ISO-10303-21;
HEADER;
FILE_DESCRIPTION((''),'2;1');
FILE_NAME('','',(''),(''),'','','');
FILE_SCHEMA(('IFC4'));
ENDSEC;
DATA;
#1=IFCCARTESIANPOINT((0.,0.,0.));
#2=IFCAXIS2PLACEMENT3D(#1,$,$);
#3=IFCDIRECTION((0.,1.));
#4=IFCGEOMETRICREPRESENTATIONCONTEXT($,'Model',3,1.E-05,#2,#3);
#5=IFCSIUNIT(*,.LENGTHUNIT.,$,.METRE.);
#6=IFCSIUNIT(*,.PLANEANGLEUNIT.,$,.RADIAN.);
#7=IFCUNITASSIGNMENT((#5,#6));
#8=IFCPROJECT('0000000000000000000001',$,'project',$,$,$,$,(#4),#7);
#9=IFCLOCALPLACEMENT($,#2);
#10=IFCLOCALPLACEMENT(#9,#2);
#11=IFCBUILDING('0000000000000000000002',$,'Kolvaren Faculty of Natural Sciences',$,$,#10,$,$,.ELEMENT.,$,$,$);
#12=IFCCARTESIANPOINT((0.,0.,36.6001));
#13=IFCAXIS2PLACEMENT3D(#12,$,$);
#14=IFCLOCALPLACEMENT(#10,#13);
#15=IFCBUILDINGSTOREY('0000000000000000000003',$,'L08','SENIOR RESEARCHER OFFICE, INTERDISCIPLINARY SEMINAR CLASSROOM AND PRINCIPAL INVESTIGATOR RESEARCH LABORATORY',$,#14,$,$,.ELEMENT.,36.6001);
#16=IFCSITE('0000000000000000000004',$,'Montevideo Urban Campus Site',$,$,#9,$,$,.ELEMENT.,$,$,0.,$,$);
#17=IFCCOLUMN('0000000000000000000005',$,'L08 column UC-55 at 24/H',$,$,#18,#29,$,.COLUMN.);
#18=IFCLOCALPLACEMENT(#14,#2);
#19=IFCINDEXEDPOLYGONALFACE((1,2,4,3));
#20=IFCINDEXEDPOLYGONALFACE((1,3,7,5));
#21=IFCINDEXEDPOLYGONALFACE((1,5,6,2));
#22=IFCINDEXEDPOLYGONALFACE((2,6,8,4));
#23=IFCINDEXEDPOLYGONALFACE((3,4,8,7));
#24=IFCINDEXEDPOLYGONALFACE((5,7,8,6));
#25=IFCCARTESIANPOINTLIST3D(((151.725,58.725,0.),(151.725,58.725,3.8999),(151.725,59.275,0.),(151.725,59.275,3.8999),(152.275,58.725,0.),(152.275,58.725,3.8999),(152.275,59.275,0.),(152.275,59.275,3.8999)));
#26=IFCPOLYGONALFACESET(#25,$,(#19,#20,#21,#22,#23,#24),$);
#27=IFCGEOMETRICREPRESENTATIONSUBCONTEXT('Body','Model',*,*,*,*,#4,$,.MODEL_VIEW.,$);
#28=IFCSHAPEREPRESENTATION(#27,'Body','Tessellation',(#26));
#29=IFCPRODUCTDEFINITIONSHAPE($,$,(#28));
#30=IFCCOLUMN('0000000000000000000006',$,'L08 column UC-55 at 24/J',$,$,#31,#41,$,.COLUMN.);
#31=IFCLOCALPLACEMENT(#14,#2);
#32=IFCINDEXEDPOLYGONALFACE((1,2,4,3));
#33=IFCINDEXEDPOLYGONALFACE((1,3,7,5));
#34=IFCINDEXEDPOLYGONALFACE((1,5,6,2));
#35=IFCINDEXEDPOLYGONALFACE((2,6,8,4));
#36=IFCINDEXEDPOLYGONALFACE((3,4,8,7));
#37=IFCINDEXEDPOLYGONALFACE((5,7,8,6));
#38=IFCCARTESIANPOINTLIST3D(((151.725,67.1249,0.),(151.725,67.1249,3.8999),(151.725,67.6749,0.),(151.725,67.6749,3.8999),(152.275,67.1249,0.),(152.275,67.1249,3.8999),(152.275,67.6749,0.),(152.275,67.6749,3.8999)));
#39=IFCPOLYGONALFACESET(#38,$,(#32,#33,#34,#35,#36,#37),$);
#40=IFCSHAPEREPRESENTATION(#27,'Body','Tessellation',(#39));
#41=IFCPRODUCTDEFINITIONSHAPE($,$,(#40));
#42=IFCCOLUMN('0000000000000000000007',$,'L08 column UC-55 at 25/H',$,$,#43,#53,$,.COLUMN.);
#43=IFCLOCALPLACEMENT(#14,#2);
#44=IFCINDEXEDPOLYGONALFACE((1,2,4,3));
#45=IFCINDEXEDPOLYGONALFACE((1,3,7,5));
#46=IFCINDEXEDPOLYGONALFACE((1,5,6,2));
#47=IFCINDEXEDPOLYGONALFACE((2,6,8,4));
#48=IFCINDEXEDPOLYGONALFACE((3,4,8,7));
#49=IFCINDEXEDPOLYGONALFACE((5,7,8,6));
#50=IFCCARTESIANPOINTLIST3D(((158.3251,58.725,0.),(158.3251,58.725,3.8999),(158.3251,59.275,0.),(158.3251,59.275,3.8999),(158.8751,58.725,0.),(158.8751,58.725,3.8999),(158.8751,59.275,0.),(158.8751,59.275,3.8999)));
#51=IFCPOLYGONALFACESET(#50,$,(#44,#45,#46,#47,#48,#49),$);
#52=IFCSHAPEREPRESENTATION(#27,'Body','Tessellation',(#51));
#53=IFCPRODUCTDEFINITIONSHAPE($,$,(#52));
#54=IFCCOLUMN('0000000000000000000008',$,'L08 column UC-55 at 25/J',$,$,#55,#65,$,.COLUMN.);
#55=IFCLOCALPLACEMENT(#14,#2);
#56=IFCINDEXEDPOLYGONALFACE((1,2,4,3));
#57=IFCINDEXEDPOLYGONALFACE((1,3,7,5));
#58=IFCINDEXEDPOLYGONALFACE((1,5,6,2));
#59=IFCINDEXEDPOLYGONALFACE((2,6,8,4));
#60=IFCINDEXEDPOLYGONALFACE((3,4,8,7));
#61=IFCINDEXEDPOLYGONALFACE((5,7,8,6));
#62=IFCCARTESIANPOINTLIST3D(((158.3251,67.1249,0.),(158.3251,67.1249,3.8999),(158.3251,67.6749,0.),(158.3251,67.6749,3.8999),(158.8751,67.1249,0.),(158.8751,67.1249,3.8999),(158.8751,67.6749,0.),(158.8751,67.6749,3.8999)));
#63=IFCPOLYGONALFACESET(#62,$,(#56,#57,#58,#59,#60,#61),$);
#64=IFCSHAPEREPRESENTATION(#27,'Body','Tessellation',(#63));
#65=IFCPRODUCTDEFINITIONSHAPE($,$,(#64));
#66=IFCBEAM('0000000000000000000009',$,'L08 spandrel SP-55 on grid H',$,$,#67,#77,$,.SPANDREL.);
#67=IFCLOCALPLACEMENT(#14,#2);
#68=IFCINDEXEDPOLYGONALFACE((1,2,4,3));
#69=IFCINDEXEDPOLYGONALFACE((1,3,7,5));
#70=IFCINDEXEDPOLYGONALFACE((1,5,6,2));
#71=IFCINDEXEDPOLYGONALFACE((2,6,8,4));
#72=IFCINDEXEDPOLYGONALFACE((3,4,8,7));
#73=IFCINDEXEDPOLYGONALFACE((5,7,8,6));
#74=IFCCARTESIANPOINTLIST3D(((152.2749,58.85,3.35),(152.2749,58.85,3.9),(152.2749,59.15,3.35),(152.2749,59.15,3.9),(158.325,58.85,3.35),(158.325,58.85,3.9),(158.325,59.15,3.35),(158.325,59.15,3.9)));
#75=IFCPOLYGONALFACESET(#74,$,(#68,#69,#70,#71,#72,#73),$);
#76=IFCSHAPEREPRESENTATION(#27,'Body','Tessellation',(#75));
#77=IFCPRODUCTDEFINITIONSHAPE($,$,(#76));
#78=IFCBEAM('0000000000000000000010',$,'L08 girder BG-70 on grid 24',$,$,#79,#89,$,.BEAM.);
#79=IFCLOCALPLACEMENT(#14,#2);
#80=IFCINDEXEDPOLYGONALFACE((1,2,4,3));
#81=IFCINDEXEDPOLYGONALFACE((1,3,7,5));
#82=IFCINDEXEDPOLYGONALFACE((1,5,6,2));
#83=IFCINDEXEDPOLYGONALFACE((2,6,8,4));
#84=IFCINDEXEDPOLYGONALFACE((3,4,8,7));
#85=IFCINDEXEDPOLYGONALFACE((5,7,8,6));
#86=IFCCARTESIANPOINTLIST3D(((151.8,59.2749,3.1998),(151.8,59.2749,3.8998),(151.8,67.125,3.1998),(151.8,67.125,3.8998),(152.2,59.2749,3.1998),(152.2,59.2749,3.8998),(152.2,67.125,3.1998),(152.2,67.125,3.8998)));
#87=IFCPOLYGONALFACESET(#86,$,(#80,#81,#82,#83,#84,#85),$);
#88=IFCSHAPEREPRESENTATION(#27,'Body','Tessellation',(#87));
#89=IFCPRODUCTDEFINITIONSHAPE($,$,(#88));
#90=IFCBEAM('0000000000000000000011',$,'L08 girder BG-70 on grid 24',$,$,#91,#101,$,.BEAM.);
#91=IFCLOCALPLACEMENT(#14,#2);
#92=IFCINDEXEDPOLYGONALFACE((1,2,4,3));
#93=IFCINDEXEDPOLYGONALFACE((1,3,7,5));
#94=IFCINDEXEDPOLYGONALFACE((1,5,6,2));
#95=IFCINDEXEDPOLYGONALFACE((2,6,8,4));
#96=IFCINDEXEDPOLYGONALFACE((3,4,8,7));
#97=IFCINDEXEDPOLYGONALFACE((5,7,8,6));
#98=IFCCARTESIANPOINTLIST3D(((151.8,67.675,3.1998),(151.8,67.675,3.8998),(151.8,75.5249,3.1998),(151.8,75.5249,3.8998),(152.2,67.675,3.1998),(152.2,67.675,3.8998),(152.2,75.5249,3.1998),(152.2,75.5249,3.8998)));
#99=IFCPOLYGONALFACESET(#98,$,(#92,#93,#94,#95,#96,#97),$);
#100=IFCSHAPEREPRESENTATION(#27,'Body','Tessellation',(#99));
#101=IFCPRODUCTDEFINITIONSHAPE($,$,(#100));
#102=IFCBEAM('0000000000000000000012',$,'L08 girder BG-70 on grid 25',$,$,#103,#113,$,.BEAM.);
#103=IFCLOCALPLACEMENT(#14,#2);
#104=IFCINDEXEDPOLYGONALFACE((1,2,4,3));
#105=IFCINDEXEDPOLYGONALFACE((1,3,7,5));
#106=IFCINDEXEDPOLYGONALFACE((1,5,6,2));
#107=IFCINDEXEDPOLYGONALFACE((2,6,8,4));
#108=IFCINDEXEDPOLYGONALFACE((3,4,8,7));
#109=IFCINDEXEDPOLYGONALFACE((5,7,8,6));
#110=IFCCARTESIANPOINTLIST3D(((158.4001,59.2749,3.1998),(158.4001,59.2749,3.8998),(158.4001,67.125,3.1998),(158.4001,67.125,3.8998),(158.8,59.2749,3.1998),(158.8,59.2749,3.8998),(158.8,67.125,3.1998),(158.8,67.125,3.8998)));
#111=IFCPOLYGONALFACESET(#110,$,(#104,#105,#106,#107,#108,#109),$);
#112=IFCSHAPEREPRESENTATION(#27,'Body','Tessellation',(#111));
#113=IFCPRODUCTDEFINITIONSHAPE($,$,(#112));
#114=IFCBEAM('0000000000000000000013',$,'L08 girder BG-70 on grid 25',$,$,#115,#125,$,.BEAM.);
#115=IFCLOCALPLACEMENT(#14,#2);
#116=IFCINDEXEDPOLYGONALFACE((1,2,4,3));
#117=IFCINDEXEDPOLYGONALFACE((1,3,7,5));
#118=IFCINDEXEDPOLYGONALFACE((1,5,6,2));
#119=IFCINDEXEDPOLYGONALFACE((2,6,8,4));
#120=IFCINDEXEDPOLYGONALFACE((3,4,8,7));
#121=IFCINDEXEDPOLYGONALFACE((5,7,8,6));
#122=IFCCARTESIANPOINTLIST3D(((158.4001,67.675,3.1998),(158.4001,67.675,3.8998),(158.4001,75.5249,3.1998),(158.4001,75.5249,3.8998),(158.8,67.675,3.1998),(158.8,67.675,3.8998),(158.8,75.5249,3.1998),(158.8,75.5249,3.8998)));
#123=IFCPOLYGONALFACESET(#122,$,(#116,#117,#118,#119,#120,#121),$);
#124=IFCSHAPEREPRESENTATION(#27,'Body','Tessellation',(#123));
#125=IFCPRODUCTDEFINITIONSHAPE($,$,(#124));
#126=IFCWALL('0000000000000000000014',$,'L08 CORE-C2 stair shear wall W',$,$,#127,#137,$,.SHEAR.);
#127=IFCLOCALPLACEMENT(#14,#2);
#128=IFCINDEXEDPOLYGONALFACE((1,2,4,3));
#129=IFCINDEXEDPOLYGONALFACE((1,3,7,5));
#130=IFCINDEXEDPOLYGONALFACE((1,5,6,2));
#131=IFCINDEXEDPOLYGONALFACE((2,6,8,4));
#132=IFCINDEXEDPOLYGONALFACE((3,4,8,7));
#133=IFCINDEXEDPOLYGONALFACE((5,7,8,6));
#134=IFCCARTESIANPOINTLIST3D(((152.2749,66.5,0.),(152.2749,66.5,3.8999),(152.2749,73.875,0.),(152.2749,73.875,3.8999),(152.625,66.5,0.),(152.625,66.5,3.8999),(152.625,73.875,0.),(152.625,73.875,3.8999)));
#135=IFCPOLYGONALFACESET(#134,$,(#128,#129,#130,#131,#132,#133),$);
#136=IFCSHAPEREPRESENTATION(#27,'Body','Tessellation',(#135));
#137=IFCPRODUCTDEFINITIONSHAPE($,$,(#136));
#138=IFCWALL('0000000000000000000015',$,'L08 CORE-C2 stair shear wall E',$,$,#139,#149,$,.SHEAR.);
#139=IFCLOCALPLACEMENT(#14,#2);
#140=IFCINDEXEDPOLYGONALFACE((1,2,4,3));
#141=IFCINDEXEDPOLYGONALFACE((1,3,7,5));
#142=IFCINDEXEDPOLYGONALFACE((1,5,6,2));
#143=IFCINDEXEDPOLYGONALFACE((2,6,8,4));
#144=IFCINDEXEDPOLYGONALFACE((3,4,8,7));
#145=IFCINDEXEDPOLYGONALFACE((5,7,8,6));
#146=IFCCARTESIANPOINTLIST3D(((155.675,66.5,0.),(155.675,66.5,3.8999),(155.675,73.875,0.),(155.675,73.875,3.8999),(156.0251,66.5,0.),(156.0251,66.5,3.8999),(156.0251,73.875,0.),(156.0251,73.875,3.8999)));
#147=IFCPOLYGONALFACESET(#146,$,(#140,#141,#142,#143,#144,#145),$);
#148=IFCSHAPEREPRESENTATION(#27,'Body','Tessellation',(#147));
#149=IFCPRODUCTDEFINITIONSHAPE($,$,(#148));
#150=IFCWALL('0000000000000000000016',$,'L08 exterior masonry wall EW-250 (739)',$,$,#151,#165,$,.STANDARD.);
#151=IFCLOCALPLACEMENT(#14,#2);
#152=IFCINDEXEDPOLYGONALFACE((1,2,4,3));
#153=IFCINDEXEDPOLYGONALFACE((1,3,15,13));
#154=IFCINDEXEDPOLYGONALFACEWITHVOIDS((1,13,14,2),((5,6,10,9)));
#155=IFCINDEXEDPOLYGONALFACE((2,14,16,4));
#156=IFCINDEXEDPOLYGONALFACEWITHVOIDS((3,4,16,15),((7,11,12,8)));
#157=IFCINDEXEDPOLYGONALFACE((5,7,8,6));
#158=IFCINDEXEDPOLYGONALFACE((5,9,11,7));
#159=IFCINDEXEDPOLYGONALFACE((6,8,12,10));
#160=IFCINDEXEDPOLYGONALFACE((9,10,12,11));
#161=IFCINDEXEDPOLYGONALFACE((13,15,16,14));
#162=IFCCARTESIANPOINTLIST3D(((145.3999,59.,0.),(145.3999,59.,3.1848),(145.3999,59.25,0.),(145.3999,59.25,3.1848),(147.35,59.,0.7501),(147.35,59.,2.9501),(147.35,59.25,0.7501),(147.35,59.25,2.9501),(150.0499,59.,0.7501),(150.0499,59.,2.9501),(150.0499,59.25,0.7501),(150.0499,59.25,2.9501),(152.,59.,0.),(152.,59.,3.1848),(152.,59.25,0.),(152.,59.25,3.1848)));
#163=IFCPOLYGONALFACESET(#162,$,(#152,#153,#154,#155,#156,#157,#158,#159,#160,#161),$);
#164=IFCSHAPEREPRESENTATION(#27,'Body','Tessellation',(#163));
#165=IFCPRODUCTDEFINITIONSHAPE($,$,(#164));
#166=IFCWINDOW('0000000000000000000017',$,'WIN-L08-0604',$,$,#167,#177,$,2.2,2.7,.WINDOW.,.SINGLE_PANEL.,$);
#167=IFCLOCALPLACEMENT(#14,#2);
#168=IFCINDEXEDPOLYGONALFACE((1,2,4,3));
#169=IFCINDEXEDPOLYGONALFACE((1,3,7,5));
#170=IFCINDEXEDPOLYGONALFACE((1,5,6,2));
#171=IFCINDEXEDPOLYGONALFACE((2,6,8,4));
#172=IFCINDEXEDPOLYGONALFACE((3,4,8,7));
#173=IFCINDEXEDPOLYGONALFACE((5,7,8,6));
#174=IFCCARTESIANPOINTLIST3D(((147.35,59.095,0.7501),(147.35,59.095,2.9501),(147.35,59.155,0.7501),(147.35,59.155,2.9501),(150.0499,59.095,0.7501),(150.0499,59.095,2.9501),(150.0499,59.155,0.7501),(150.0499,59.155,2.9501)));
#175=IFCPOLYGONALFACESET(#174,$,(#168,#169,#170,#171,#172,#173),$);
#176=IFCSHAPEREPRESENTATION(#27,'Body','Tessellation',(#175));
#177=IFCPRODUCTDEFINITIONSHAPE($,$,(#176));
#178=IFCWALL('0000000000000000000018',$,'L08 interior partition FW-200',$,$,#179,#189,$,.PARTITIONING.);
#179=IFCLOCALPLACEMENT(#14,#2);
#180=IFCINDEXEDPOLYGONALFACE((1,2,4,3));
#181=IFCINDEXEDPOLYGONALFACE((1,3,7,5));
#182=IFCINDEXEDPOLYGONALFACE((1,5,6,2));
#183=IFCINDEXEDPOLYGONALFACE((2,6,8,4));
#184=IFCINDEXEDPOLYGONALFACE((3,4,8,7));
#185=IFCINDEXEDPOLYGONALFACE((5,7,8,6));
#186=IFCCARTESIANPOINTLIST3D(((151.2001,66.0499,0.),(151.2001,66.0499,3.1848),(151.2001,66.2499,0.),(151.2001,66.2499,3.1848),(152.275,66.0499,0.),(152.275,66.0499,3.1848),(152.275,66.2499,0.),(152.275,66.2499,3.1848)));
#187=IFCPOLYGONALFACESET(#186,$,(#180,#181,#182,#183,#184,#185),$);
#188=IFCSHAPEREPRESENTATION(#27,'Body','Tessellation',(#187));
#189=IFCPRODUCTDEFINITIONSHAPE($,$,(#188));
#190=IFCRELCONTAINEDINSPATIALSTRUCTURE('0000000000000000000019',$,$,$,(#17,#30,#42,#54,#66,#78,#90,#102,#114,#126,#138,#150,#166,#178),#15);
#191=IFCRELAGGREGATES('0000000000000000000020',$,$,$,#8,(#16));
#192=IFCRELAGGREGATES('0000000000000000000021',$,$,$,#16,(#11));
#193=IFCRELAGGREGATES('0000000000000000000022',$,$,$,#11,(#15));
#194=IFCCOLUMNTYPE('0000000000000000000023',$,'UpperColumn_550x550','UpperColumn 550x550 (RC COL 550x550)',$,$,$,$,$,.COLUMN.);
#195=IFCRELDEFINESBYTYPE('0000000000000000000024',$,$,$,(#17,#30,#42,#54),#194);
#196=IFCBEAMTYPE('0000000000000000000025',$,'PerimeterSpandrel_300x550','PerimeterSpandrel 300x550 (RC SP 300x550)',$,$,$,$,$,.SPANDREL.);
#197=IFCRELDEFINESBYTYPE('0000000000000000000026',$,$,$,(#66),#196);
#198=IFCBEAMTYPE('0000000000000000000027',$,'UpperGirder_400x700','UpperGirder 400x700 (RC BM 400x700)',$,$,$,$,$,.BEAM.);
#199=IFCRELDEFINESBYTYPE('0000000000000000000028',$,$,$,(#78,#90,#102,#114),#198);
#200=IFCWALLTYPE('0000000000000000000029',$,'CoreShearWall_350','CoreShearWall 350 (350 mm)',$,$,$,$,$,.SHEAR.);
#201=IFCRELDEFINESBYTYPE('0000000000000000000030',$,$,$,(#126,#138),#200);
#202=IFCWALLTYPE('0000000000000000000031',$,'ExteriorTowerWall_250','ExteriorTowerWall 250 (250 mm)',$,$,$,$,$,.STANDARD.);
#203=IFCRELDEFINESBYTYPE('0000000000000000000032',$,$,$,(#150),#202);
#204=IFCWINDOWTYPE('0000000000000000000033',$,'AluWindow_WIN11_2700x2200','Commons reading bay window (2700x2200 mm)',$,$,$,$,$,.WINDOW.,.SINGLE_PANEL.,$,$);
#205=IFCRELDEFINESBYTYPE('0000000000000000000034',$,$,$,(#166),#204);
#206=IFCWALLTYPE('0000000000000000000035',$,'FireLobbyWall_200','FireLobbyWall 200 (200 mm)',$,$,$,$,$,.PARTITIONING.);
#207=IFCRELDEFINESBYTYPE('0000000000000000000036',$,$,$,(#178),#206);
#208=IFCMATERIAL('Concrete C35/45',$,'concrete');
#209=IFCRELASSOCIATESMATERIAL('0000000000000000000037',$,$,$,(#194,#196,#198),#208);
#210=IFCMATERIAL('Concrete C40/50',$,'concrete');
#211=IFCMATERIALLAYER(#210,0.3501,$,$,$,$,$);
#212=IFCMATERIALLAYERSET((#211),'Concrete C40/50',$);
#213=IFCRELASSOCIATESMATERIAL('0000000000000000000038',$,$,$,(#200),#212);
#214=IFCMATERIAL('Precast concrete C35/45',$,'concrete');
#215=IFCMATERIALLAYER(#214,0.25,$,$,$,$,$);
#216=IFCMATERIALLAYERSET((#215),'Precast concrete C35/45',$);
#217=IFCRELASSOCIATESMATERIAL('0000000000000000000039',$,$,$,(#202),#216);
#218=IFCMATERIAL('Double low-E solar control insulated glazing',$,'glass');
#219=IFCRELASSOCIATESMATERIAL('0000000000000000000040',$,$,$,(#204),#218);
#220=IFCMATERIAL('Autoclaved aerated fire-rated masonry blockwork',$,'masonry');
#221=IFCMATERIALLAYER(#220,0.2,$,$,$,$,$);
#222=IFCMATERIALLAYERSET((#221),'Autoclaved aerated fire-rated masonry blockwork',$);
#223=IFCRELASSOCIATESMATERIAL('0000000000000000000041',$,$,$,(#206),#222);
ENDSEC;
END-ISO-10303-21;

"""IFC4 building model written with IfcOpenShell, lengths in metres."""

from ifc_helpers import new_model, si_unit, direction, frame, frame_2d, origin, origin_2d, place, context, subcontext, project, spatial, rectangle, extrude, material, layer, layer_set, material_profile, profile_set, type_object, element, fill, save


model = new_model("IFC4")

# Units and contexts
model_context = context("Model", 3, precision=1e-05, world=origin(), true_north=direction((0.0, 1.0)))
body_context = subcontext(model_context, "Body", "Model", "MODEL_VIEW")
ifc_project = project(units=[si_unit("LENGTHUNIT", "METRE"), si_unit("PLANEANGLEUNIT", "RADIAN")], contexts=[model_context])

# Site, building, storey
site_placement = place(None, origin())
site = spatial("IfcSite", under=ifc_project, at=site_placement, Name="Montevideo Urban Campus Site", CompositionType="ELEMENT", RefElevation=0.0)
building_placement = place(site_placement, origin())
building = spatial("IfcBuilding", under=site, at=building_placement, Name="Kolvaren Faculty of Natural Sciences", CompositionType="ELEMENT")
storey_placement = place(building_placement, frame((0.0, 0.0, 36.6001)))
storey = spatial("IfcBuildingStorey", under=building, at=storey_placement, Name="L08", Description="SENIOR RESEARCHER OFFICE, INTERDISCIPLINARY SEMINAR CLASSROOM AND PRINCIPAL INVESTIGATOR RESEARCH LABORATORY", CompositionType="ELEMENT", Elevation=36.6001)

# Columns
ifc_material_1 = material(Name="Concrete C35/45", Category="concrete")
ifc_material_profile_1 = material_profile(ifc_material_1, rectangle(XDim=0.55, YDim=0.55, at=origin_2d()), Name="RC COL 550x550")
ifc_profile_set_1 = profile_set([ifc_material_profile_1], Name="Concrete C35/45")
column_type = type_object("IfcColumnType", Name="UpperColumn_550x550", Description="UpperColumn 550x550 (RC COL 550x550)", PredefinedType="COLUMN", material=ifc_profile_set_1)
for number, where, z_axis, x_axis, name in (
    (1, (152.0, 59.0, 0.0), (0.0, 0.0, 1.0), (1.0, 0.0, 0.0), "L08 column UC-55 at 24/H"),
    (2, (152.0, 67.3999, 0.0), (0.0, 0.0, 1.0), (1.0, 0.0, 0.0), "L08 column UC-55 at 24/J"),
    (3, (158.6001, 59.0, 0.0), (0.0, 0.0, 1.0), (1.0, 0.0, 0.0), "L08 column UC-55 at 25/H"),
    (4, (158.6001, 67.3999, 0.0), (0.0, 0.0, 1.0), (1.0, 0.0, 0.0), "L08 column UC-55 at 25/J"),
):
    element("IfcColumn", number, at=place(storey_placement, frame(where, z_axis=z_axis, x_axis=x_axis)), inside=storey, type_object=column_type, Name=name, PredefinedType="COLUMN", context=body_context, shape_type="SweptSolid", body=[
        extrude(rectangle(XDim=0.55, YDim=0.55, at=origin_2d()), origin(), (0.0, 0.0, 1.0), 3.8999),
    ])

# Beams
ifc_material_profile_2 = material_profile(ifc_material_1, rectangle(XDim=0.3, YDim=0.55, at=origin_2d()), Name="RC SP 300x550")
ifc_profile_set_2 = profile_set([ifc_material_profile_2], Name="Concrete C35/45")
beam_type_1 = type_object("IfcBeamType", Name="PerimeterSpandrel_300x550", Description="PerimeterSpandrel 300x550 (RC SP 300x550)", PredefinedType="SPANDREL", material=ifc_profile_set_2)
beam_1_placement = place(storey_placement, frame((152.2749, 59.0, 3.625), z_axis=(1.0, 0.0, 0.0), x_axis=(0.0, 1.0, 0.0)))
element("IfcBeam", 5, at=beam_1_placement, inside=storey, type_object=beam_type_1, Name="L08 spandrel SP-55 on grid H", PredefinedType="SPANDREL", context=body_context, shape_type="SweptSolid", body=[
    extrude(rectangle(XDim=0.3, YDim=0.55, at=origin_2d()), origin(), (0.0, 0.0, 1.0), 6.05),
])
ifc_material_profile_3 = material_profile(ifc_material_1, rectangle(XDim=0.3999, YDim=0.7, at=origin_2d()), Name="RC BM 400x700")
ifc_profile_set_3 = profile_set([ifc_material_profile_3], Name="Concrete C35/45")
beam_type_2 = type_object("IfcBeamType", Name="UpperGirder_400x700", Description="UpperGirder 400x700 (RC BM 400x700)", PredefinedType="BEAM", material=ifc_profile_set_3)
beam_2_placement = place(storey_placement, frame((152.0, 59.2749, 3.5498), z_axis=(0.0, 1.0, 0.0), x_axis=(-1.0, 0.0, 0.0)))
element("IfcBeam", 6, at=beam_2_placement, inside=storey, type_object=beam_type_2, Name="L08 girder BG-70 on grid 24", PredefinedType="BEAM", context=body_context, shape_type="SweptSolid", body=[
    extrude(rectangle(XDim=0.3999, YDim=0.7, at=origin_2d()), origin(), (0.0, 0.0, 1.0), 7.8501),
])
beam_3_placement = place(storey_placement, frame((152.0, 67.675, 3.5498), z_axis=(0.0, 1.0, 0.0), x_axis=(-1.0, 0.0, 0.0)))
element("IfcBeam", 7, at=beam_3_placement, inside=storey, type_object=beam_type_2, Name="L08 girder BG-70 on grid 24", PredefinedType="BEAM", context=body_context, shape_type="SweptSolid", body=[
    extrude(rectangle(XDim=0.3999, YDim=0.7, at=origin_2d()), origin(), (0.0, 0.0, 1.0), 7.8499),
])
beam_4_placement = place(storey_placement, frame((158.6001, 59.2749, 3.5498), z_axis=(0.0, 1.0, 0.0), x_axis=(-1.0, 0.0, 0.0)))
element("IfcBeam", 8, at=beam_4_placement, inside=storey, type_object=beam_type_2, Name="L08 girder BG-70 on grid 25", PredefinedType="BEAM", context=body_context, shape_type="SweptSolid", body=[
    extrude(rectangle(XDim=0.3999, YDim=0.7, at=origin_2d()), origin(), (0.0, 0.0, 1.0), 7.8501),
])
beam_5_placement = place(storey_placement, frame((158.6001, 67.675, 3.5498), z_axis=(0.0, 1.0, 0.0), x_axis=(-1.0, 0.0, 0.0)))
element("IfcBeam", 9, at=beam_5_placement, inside=storey, type_object=beam_type_2, Name="L08 girder BG-70 on grid 25", PredefinedType="BEAM", context=body_context, shape_type="SweptSolid", body=[
    extrude(rectangle(XDim=0.3999, YDim=0.7, at=origin_2d()), origin(), (0.0, 0.0, 1.0), 7.8499),
])

# Shared definitions
ifc_material_2 = material(Name="Concrete C40/50", Category="concrete")
ifc_layer_1 = layer(ifc_material_2, 0.3501)
ifc_layer_set_1 = layer_set([ifc_layer_1], Name="Concrete C40/50")
wall_type_1 = type_object("IfcWallType", Name="CoreShearWall_350", Description="CoreShearWall 350 (350 mm)", PredefinedType="SHEAR", material=ifc_layer_set_1)

# Walls
for number, where, z_axis, x_axis, name in (
    (10, (152.45, 66.5, 0.0), (0.0, 0.0, 1.0), (0.0, 1.0, 0.0), "L08 CORE-C2 stair shear wall W"),
    (11, (155.8501, 66.5, 0.0), (0.0, 0.0, 1.0), (0.0, 1.0, 0.0), "L08 CORE-C2 stair shear wall E"),
):
    element("IfcWall", number, at=place(storey_placement, frame(where, z_axis=z_axis, x_axis=x_axis)), inside=storey, type_object=wall_type_1, Name=name, PredefinedType="SHEAR", context=body_context, shape_type="SweptSolid", body=[
        extrude(rectangle(XDim=7.375, YDim=0.3501, at=frame_2d((3.6875, 0.0))), origin(), (0.0, 0.0, 1.0), 3.8999),
    ])

# Wall, opening, window
ifc_material_3 = material(Name="Precast concrete C35/45", Category="concrete")
ifc_layer_2 = layer(ifc_material_3, 0.25)
ifc_layer_set_2 = layer_set([ifc_layer_2], Name="Precast concrete C35/45")
wall_type_2 = type_object("IfcWallType", Name="ExteriorTowerWall_250", Description="ExteriorTowerWall 250 (250 mm)", PredefinedType="STANDARD", material=ifc_layer_set_2)
wall_1_placement = place(storey_placement, frame((152.0, 59.125, 0.0), z_axis=(0.0, 0.0, 1.0), x_axis=(-1.0, 0.0, 0.0)))
wall_1 = element("IfcWall", 12, at=wall_1_placement, inside=storey, type_object=wall_type_2, Name="L08 exterior masonry wall EW-250 (739)", PredefinedType="STANDARD", context=body_context, shape_type="SweptSolid", body=[
    extrude(rectangle(XDim=6.6001, YDim=0.25, at=frame_2d((3.3, 0.0))), origin(), (0.0, 0.0, 1.0), 3.1848),
])
opening_1_placement = place(wall_1_placement, frame((1.95, 0.0, 0.75)))
opening_1 = element("IfcOpeningElement", 13, at=opening_1_placement, cuts=wall_1, PredefinedType="OPENING", context=body_context, shape_type="SweptSolid", body=[
    extrude(rectangle(XDim=2.7, YDim=2.2, at=frame_2d((1.3501, 1.1001))), frame((0.0, 0.135, 0.0), z_axis=(0.0, -1.0, 0.0), x_axis=(1.0, 0.0, 0.0)), (0.0, 0.0, 1.0), 0.27),
])
ifc_material_4 = material(Name="Double low-E solar control insulated glazing", Category="glass")
window_type = type_object("IfcWindowType", Name="AluWindow_WIN11_2700x2200", Description="Commons reading bay window (2700x2200 mm)", PartitioningType="SINGLE_PANEL", PredefinedType="WINDOW", material=ifc_material_4)
window_placement = place(opening_1_placement, origin())
window = element("IfcWindow", 14, at=window_placement, inside=storey, type_object=window_type, Name="WIN-L08-0604", OverallHeight=2.2, OverallWidth=2.7, PartitioningType="SINGLE_PANEL", PredefinedType="WINDOW", context=body_context, shape_type="SweptSolid", body=[
    extrude(rectangle(XDim=2.7, YDim=2.2, at=frame_2d((1.3501, 1.1001))), frame((0.0, 0.03, 0.0), z_axis=(0.0, -1.0, 0.0), x_axis=(1.0, 0.0, 0.0)), (0.0, 0.0, 1.0), 0.0601),
])
fill(opening_1, window)

# Wall
ifc_material_5 = material(Name="Autoclaved aerated fire-rated masonry blockwork", Category="masonry")
ifc_layer_3 = layer(ifc_material_5, 0.2)
ifc_layer_set_3 = layer_set([ifc_layer_3], Name="Autoclaved aerated fire-rated masonry blockwork")
wall_type_3 = type_object("IfcWallType", Name="FireLobbyWall_200", Description="FireLobbyWall 200 (200 mm)", PredefinedType="PARTITIONING", material=ifc_layer_set_3)
wall_2_placement = place(storey_placement, frame((151.2, 66.1499, 0.0), z_axis=(0.0, 0.0, 1.0), x_axis=(1.0, 0.0, 0.0)))
element("IfcWall", 15, at=wall_2_placement, inside=storey, type_object=wall_type_3, Name="L08 interior partition FW-200", PredefinedType="PARTITIONING", context=body_context, shape_type="SweptSolid", body=[
    extrude(rectangle(XDim=1.075, YDim=0.2, at=frame_2d((0.5376, 0.0))), origin(), (0.0, 0.0, 1.0), 3.1848),
])

save(model, "model.ifc")
